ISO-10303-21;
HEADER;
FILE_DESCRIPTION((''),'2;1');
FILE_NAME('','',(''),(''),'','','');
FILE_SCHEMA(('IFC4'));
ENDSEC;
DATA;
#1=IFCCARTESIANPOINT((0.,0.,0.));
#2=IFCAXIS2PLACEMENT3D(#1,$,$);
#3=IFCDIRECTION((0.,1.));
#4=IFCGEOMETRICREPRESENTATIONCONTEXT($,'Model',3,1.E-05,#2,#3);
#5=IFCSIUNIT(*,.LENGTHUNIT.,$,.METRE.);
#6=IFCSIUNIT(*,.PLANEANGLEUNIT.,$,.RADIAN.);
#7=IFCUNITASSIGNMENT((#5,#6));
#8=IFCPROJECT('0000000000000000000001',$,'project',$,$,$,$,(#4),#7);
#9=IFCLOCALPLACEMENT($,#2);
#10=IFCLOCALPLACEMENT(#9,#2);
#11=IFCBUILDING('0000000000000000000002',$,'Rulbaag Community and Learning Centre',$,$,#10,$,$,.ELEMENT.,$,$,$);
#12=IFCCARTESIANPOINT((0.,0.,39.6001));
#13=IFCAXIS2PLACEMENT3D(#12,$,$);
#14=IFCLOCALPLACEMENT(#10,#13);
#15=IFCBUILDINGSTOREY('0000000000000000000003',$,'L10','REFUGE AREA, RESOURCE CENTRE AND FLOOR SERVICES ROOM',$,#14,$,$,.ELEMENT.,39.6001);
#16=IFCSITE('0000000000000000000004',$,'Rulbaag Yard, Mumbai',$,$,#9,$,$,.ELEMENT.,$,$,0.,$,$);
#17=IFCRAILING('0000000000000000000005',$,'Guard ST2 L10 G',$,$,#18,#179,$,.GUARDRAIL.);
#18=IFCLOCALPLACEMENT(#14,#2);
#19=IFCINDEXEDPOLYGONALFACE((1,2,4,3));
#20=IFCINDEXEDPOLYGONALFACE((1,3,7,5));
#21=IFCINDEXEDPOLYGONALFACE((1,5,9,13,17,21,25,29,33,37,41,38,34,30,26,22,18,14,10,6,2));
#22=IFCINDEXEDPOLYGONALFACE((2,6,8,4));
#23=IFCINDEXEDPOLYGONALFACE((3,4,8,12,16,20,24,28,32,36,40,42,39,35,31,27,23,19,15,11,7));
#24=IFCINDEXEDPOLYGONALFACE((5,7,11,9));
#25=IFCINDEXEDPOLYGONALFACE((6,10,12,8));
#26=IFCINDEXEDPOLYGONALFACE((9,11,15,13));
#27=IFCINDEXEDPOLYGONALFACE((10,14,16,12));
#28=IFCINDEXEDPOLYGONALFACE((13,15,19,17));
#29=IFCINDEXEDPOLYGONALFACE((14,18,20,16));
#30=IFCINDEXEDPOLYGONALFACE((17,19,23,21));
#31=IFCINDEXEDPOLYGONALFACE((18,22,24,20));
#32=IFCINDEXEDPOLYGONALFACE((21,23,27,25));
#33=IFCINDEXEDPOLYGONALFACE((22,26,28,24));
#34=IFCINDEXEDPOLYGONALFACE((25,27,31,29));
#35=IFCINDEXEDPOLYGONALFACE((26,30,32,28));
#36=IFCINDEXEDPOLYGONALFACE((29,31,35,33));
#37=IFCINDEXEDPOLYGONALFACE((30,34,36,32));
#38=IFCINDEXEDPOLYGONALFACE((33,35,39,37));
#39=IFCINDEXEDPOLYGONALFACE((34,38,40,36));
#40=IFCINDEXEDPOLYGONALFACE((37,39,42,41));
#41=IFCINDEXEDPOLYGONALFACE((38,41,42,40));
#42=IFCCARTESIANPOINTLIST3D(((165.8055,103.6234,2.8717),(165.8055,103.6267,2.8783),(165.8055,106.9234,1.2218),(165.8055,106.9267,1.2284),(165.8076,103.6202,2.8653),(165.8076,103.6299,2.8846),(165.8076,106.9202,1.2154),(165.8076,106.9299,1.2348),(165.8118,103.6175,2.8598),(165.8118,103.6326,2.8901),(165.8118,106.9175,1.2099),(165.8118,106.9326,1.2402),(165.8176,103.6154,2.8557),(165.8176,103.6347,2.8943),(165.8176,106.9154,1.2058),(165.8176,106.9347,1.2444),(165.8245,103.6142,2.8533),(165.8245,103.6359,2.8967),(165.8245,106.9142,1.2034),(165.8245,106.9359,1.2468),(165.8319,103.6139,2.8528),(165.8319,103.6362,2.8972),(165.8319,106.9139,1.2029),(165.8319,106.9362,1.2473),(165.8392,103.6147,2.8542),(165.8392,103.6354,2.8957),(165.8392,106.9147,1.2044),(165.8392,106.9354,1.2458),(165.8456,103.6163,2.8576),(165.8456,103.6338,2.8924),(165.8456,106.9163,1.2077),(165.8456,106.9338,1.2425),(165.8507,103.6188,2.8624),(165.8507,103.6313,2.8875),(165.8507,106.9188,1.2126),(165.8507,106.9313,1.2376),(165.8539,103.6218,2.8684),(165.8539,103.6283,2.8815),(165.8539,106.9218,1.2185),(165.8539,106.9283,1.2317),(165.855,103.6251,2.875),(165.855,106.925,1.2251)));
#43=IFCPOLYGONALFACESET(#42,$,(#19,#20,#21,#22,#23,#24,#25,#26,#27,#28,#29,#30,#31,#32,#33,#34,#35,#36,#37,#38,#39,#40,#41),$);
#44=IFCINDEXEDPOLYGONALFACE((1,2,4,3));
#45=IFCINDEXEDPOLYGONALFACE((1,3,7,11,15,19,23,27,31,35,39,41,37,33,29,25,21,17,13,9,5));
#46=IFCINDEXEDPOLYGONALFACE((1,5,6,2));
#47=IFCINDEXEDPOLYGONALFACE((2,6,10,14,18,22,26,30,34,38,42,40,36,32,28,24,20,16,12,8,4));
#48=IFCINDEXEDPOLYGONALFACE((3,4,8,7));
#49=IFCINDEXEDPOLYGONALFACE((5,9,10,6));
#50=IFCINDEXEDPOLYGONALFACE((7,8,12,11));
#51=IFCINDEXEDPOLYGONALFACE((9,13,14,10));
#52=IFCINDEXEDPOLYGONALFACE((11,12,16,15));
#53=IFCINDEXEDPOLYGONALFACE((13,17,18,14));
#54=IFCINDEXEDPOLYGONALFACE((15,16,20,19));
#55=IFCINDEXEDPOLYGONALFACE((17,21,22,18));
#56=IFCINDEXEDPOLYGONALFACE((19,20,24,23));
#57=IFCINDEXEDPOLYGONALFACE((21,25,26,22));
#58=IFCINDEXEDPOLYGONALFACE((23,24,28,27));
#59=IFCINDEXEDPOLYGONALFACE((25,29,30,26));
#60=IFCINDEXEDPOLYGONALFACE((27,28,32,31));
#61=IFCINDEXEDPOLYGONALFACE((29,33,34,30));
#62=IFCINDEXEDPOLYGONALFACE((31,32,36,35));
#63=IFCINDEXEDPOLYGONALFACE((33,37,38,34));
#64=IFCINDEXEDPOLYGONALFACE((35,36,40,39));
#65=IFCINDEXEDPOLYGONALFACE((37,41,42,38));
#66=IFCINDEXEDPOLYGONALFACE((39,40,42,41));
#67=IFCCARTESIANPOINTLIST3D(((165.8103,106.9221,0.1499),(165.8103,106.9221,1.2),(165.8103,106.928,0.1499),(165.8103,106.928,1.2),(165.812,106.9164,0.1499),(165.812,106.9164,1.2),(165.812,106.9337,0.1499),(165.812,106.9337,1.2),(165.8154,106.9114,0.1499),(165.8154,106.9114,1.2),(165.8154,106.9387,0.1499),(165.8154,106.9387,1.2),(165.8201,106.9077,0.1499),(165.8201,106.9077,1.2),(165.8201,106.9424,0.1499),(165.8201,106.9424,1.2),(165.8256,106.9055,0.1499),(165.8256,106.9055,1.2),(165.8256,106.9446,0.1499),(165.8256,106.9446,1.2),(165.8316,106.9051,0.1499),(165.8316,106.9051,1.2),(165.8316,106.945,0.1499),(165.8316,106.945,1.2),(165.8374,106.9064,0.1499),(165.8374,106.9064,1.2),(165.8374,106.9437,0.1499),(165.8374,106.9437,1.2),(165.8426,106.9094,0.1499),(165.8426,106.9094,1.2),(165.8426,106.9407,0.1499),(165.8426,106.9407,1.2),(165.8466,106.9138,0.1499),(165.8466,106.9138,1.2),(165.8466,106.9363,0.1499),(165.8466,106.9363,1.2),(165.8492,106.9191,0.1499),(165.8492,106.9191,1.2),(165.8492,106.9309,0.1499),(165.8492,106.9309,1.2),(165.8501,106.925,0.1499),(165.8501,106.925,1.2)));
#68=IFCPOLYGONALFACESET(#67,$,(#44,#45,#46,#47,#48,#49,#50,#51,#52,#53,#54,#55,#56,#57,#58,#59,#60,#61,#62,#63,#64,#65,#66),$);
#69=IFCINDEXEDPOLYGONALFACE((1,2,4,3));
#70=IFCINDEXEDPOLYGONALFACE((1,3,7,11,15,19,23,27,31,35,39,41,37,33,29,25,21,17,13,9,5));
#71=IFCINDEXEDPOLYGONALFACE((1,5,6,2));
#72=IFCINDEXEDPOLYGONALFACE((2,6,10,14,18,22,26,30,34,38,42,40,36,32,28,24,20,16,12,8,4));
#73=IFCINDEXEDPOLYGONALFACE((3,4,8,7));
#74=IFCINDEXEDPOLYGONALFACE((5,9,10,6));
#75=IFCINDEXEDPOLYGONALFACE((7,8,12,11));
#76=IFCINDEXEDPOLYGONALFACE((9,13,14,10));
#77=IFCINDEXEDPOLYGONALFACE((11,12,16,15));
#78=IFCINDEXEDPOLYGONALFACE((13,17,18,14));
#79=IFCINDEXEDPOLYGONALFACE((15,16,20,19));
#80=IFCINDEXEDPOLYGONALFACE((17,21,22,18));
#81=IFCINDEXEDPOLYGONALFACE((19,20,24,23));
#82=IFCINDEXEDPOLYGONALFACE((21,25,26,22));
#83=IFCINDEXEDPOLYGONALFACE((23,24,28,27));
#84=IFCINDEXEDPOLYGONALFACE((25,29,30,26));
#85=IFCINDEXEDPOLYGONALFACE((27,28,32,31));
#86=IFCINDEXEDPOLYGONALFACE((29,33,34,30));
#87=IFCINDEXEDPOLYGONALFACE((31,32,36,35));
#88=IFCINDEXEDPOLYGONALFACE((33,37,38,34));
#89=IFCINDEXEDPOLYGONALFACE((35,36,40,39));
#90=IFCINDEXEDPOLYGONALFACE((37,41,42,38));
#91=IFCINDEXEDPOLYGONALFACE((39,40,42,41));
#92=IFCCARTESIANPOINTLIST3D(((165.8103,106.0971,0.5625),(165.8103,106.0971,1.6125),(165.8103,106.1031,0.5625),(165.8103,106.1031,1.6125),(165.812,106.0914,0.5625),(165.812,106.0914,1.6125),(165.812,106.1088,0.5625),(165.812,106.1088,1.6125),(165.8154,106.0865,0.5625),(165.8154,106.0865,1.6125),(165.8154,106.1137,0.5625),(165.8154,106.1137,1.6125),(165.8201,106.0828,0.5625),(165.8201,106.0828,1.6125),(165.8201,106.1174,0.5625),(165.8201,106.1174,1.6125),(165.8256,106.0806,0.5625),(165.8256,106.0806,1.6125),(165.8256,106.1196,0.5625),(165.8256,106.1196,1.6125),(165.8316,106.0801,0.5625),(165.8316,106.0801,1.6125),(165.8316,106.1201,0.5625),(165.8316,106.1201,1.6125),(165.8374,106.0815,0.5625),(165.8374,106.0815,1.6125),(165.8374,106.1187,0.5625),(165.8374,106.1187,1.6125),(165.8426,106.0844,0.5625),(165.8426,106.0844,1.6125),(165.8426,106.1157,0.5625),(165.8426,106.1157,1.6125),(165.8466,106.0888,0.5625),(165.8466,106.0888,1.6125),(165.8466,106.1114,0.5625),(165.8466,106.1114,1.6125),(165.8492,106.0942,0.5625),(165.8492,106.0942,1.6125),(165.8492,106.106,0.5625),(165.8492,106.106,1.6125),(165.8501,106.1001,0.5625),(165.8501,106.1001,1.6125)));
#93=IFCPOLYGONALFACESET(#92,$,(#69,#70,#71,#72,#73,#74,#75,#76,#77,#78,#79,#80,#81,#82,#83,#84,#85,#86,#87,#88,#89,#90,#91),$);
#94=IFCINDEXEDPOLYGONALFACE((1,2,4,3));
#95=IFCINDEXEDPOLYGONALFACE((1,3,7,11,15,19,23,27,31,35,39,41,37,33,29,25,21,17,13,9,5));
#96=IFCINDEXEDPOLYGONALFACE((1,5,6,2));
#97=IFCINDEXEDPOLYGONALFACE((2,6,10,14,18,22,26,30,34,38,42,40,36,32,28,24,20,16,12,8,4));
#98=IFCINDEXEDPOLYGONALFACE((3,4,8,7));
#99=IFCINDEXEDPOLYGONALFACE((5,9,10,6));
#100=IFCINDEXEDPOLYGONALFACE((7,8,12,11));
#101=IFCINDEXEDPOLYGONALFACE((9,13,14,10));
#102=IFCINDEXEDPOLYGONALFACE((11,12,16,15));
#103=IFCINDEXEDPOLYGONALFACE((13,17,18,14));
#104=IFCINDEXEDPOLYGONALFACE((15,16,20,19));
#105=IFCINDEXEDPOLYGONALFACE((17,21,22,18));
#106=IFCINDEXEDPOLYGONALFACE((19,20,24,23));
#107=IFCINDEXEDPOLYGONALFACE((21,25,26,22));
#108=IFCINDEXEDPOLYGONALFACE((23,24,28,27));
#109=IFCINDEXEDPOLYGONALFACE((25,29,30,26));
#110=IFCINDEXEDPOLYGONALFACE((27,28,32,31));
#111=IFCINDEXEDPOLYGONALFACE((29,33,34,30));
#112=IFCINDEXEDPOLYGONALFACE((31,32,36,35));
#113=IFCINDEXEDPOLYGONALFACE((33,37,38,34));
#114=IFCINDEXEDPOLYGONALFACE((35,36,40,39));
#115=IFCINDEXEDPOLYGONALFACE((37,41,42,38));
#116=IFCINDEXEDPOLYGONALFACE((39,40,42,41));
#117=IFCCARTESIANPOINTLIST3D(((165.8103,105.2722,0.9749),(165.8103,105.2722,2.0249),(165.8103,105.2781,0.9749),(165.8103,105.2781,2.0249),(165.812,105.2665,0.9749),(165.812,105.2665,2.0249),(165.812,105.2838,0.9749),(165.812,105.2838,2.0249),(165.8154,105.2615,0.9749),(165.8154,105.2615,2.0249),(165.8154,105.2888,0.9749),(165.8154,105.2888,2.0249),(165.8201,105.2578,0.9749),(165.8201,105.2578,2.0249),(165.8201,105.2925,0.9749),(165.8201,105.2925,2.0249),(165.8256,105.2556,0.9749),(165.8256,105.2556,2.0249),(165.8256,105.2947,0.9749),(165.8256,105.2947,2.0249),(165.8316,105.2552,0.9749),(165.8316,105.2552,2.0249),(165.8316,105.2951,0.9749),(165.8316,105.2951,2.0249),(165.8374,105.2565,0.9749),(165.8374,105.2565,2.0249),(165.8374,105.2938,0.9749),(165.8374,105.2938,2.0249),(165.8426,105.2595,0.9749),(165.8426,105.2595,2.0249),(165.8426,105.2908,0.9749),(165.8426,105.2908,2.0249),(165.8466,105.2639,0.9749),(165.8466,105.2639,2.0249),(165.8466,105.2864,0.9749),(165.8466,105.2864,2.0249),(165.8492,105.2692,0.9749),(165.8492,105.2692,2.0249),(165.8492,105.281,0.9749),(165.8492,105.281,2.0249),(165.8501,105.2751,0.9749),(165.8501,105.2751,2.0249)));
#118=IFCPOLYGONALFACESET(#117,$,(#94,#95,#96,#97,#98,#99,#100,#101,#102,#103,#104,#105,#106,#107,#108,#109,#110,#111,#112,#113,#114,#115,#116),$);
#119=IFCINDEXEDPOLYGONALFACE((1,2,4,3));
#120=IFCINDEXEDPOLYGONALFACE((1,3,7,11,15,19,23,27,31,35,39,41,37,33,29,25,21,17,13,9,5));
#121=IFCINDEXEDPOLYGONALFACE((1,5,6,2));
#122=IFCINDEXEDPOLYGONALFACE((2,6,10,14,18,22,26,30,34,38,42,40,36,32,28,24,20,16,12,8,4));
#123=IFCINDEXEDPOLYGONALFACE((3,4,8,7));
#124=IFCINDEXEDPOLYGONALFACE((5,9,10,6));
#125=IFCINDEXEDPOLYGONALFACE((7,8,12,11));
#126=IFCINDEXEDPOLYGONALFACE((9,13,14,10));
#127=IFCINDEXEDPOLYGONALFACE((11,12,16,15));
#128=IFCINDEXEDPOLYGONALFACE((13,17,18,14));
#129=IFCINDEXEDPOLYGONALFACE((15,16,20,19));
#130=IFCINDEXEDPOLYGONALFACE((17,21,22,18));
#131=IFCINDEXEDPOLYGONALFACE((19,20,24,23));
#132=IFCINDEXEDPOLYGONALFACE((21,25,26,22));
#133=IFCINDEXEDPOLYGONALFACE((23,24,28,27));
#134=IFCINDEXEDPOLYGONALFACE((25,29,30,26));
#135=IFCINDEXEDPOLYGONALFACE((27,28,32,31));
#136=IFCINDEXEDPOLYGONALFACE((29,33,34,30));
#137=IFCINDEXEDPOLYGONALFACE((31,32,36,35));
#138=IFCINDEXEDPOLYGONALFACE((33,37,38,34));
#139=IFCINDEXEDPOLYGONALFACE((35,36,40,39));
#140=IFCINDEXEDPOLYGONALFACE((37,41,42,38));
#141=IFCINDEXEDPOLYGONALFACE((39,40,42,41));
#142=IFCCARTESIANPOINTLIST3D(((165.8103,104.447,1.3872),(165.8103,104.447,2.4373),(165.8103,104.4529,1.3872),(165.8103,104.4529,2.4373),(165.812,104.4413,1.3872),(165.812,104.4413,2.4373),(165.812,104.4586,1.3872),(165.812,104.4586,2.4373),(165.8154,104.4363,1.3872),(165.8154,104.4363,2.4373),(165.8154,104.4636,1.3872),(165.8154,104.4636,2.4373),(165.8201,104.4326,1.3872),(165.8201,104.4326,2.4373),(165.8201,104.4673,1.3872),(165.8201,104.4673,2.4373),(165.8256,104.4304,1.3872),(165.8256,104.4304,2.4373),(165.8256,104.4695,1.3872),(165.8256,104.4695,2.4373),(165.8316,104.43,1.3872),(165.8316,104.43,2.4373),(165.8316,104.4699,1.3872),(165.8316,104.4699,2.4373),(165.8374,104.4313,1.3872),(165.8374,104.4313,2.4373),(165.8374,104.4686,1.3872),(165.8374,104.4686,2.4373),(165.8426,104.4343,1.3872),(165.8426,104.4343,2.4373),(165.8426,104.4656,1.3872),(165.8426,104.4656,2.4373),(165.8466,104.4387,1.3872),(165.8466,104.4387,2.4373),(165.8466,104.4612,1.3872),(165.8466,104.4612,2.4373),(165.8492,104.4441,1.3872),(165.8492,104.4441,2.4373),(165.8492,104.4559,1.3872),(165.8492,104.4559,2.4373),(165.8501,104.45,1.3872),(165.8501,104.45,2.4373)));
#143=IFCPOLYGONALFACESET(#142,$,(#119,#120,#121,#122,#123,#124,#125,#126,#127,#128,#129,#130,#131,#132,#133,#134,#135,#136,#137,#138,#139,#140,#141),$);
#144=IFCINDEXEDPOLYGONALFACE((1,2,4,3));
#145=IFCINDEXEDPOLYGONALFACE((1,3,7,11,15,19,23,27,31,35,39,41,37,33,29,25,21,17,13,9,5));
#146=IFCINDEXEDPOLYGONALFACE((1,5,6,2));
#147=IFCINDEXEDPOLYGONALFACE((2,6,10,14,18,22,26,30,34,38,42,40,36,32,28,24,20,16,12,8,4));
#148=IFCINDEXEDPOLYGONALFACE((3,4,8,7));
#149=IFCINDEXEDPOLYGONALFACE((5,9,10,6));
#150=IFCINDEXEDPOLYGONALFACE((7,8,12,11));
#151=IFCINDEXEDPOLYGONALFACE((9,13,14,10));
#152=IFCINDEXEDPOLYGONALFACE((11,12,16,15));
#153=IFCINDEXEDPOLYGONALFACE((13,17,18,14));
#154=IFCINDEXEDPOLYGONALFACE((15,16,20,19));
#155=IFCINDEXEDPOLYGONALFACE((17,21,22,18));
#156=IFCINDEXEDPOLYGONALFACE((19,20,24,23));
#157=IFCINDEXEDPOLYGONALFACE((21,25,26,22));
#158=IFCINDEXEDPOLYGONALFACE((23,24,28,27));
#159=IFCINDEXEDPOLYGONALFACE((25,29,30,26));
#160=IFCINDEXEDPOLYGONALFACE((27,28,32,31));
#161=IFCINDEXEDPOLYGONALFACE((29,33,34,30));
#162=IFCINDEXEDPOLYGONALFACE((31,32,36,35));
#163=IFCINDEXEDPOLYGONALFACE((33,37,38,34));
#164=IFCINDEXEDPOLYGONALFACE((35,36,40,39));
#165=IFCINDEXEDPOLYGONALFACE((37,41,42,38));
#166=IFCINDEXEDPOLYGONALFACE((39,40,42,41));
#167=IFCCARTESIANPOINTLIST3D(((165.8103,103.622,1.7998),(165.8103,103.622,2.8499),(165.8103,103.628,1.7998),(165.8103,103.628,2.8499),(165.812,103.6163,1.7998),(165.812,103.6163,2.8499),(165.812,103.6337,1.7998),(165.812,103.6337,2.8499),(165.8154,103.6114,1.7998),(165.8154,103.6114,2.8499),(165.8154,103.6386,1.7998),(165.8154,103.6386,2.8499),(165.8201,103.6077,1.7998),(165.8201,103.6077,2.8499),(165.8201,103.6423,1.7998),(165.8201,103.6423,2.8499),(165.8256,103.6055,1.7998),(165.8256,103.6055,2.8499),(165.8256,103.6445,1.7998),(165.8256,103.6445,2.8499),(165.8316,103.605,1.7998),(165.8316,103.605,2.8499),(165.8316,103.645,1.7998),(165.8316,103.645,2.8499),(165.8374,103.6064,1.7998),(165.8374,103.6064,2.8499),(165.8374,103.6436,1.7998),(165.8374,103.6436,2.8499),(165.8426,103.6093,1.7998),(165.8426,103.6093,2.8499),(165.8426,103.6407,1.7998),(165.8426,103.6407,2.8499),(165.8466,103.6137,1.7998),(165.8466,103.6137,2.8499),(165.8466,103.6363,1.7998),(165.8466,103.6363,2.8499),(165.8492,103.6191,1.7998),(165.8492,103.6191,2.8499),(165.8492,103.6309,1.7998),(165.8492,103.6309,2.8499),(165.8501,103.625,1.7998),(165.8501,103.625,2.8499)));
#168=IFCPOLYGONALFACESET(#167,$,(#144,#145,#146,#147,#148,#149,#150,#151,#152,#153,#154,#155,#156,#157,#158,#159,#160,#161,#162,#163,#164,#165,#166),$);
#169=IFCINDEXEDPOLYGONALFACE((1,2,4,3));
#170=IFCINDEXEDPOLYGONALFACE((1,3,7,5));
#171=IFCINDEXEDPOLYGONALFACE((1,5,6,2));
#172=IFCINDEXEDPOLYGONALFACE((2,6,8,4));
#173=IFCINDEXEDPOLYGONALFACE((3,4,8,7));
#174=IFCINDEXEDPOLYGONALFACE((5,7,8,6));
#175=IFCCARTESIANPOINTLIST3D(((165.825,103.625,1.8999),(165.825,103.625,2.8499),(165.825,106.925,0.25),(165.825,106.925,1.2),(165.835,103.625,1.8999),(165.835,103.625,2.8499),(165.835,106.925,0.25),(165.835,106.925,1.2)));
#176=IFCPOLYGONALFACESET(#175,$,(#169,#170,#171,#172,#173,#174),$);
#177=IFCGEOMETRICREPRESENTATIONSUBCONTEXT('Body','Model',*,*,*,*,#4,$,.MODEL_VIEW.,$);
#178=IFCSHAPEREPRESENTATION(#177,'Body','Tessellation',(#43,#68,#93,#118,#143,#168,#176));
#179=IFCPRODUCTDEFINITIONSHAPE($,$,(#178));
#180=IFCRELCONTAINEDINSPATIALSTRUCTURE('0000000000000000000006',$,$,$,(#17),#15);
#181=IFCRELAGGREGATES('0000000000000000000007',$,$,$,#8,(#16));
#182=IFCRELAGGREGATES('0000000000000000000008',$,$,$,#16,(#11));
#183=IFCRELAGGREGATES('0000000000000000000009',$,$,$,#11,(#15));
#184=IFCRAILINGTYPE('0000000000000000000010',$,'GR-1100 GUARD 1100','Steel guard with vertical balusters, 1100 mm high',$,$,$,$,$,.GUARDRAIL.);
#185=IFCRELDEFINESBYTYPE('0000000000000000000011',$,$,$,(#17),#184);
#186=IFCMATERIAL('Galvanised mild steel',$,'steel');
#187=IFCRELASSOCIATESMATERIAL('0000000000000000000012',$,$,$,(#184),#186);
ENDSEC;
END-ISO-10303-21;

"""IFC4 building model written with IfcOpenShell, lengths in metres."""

from ifc_helpers import new_model, si_unit, direction, frame, origin, origin_2d, place, context, subcontext, project, spatial, polyline, circle, outline, extrude, material, type_object, element, save


model = new_model("IFC4")

# Units and contexts
model_context = context("Model", 3, precision=1e-05, world=origin(), true_north=direction((0.0, 1.0)))
body_context = subcontext(model_context, "Body", "Model", "MODEL_VIEW")
ifc_project = project(units=[si_unit("LENGTHUNIT", "METRE"), si_unit("PLANEANGLEUNIT", "RADIAN")], contexts=[model_context])

# Site, building, storey
site_placement = place(None, origin())
site = spatial("IfcSite", under=ifc_project, at=site_placement, Name="Rulbaag Yard, Mumbai", CompositionType="ELEMENT", RefElevation=0.0)
building_placement = place(site_placement, origin())
building = spatial("IfcBuilding", under=site, at=building_placement, Name="Rulbaag Community and Learning Centre", CompositionType="ELEMENT")
storey_placement = place(building_placement, frame((0.0, 0.0, 39.6001)))
storey = spatial("IfcBuildingStorey", under=building, at=storey_placement, Name="L10", Description="REFUGE AREA, RESOURCE CENTRE AND FLOOR SERVICES ROOM", CompositionType="ELEMENT", Elevation=39.6001)

# Railing
ifc_material_1 = material(Name="Galvanised mild steel", Category="steel")
railing_type = type_object("IfcRailingType", Name="GR-1100 GUARD 1100", Description="Steel guard with vertical balusters, 1100 mm high", PredefinedType="GUARDRAIL", material=ifc_material_1)
railing_1_placement = place(storey_placement, frame((165.8301, 106.925, 0.1499)))
element("IfcRailing", 1, at=railing_1_placement, inside=storey, type_object=railing_type, Name="Guard ST2 L10 G", PredefinedType="GUARDRAIL", context=body_context, shape_type="SweptSolid", body=[
    extrude(circle(Radius=0.0249, at=origin_2d()), frame((0.0, 0.0, 1.0752), z_axis=(0.0, -0.89444, 0.447187), x_axis=(1.0, 0.0, 0.0)), (0.0, 0.0, 1.0), 3.6895),
    extrude(circle(Radius=0.02, at=origin_2d()), origin(), (0.0, 0.0, 1.0), 1.05),
    extrude(circle(Radius=0.02, at=origin_2d()), frame((0.0, -0.825, 0.4126)), (0.0, 0.0, 1.0), 1.05),
    extrude(circle(Radius=0.02, at=origin_2d()), frame((0.0, -1.6499, 0.825)), (0.0, 0.0, 1.0), 1.05),
    extrude(circle(Radius=0.02, at=origin_2d()), frame((0.0, -2.4751, 1.2373)), (0.0, 0.0, 1.0), 1.05),
    extrude(circle(Radius=0.02, at=origin_2d()), frame((0.0, -3.3, 1.6499)), (0.0, 0.0, 1.0), 1.05),
    extrude(outline(polyline([(0.0, 0.0), (3.3, 1.6499), (3.3, 2.5999), (0.0, 0.95), (0.0, 0.0)])), frame((0.0049, 0.0, 0.1001), z_axis=(-1.0, 0.0, 0.0), x_axis=(0.0, -1.0, 0.0)), (0.0, 0.0, 1.0), 0.01),
])

save(model, "model.ifc")
